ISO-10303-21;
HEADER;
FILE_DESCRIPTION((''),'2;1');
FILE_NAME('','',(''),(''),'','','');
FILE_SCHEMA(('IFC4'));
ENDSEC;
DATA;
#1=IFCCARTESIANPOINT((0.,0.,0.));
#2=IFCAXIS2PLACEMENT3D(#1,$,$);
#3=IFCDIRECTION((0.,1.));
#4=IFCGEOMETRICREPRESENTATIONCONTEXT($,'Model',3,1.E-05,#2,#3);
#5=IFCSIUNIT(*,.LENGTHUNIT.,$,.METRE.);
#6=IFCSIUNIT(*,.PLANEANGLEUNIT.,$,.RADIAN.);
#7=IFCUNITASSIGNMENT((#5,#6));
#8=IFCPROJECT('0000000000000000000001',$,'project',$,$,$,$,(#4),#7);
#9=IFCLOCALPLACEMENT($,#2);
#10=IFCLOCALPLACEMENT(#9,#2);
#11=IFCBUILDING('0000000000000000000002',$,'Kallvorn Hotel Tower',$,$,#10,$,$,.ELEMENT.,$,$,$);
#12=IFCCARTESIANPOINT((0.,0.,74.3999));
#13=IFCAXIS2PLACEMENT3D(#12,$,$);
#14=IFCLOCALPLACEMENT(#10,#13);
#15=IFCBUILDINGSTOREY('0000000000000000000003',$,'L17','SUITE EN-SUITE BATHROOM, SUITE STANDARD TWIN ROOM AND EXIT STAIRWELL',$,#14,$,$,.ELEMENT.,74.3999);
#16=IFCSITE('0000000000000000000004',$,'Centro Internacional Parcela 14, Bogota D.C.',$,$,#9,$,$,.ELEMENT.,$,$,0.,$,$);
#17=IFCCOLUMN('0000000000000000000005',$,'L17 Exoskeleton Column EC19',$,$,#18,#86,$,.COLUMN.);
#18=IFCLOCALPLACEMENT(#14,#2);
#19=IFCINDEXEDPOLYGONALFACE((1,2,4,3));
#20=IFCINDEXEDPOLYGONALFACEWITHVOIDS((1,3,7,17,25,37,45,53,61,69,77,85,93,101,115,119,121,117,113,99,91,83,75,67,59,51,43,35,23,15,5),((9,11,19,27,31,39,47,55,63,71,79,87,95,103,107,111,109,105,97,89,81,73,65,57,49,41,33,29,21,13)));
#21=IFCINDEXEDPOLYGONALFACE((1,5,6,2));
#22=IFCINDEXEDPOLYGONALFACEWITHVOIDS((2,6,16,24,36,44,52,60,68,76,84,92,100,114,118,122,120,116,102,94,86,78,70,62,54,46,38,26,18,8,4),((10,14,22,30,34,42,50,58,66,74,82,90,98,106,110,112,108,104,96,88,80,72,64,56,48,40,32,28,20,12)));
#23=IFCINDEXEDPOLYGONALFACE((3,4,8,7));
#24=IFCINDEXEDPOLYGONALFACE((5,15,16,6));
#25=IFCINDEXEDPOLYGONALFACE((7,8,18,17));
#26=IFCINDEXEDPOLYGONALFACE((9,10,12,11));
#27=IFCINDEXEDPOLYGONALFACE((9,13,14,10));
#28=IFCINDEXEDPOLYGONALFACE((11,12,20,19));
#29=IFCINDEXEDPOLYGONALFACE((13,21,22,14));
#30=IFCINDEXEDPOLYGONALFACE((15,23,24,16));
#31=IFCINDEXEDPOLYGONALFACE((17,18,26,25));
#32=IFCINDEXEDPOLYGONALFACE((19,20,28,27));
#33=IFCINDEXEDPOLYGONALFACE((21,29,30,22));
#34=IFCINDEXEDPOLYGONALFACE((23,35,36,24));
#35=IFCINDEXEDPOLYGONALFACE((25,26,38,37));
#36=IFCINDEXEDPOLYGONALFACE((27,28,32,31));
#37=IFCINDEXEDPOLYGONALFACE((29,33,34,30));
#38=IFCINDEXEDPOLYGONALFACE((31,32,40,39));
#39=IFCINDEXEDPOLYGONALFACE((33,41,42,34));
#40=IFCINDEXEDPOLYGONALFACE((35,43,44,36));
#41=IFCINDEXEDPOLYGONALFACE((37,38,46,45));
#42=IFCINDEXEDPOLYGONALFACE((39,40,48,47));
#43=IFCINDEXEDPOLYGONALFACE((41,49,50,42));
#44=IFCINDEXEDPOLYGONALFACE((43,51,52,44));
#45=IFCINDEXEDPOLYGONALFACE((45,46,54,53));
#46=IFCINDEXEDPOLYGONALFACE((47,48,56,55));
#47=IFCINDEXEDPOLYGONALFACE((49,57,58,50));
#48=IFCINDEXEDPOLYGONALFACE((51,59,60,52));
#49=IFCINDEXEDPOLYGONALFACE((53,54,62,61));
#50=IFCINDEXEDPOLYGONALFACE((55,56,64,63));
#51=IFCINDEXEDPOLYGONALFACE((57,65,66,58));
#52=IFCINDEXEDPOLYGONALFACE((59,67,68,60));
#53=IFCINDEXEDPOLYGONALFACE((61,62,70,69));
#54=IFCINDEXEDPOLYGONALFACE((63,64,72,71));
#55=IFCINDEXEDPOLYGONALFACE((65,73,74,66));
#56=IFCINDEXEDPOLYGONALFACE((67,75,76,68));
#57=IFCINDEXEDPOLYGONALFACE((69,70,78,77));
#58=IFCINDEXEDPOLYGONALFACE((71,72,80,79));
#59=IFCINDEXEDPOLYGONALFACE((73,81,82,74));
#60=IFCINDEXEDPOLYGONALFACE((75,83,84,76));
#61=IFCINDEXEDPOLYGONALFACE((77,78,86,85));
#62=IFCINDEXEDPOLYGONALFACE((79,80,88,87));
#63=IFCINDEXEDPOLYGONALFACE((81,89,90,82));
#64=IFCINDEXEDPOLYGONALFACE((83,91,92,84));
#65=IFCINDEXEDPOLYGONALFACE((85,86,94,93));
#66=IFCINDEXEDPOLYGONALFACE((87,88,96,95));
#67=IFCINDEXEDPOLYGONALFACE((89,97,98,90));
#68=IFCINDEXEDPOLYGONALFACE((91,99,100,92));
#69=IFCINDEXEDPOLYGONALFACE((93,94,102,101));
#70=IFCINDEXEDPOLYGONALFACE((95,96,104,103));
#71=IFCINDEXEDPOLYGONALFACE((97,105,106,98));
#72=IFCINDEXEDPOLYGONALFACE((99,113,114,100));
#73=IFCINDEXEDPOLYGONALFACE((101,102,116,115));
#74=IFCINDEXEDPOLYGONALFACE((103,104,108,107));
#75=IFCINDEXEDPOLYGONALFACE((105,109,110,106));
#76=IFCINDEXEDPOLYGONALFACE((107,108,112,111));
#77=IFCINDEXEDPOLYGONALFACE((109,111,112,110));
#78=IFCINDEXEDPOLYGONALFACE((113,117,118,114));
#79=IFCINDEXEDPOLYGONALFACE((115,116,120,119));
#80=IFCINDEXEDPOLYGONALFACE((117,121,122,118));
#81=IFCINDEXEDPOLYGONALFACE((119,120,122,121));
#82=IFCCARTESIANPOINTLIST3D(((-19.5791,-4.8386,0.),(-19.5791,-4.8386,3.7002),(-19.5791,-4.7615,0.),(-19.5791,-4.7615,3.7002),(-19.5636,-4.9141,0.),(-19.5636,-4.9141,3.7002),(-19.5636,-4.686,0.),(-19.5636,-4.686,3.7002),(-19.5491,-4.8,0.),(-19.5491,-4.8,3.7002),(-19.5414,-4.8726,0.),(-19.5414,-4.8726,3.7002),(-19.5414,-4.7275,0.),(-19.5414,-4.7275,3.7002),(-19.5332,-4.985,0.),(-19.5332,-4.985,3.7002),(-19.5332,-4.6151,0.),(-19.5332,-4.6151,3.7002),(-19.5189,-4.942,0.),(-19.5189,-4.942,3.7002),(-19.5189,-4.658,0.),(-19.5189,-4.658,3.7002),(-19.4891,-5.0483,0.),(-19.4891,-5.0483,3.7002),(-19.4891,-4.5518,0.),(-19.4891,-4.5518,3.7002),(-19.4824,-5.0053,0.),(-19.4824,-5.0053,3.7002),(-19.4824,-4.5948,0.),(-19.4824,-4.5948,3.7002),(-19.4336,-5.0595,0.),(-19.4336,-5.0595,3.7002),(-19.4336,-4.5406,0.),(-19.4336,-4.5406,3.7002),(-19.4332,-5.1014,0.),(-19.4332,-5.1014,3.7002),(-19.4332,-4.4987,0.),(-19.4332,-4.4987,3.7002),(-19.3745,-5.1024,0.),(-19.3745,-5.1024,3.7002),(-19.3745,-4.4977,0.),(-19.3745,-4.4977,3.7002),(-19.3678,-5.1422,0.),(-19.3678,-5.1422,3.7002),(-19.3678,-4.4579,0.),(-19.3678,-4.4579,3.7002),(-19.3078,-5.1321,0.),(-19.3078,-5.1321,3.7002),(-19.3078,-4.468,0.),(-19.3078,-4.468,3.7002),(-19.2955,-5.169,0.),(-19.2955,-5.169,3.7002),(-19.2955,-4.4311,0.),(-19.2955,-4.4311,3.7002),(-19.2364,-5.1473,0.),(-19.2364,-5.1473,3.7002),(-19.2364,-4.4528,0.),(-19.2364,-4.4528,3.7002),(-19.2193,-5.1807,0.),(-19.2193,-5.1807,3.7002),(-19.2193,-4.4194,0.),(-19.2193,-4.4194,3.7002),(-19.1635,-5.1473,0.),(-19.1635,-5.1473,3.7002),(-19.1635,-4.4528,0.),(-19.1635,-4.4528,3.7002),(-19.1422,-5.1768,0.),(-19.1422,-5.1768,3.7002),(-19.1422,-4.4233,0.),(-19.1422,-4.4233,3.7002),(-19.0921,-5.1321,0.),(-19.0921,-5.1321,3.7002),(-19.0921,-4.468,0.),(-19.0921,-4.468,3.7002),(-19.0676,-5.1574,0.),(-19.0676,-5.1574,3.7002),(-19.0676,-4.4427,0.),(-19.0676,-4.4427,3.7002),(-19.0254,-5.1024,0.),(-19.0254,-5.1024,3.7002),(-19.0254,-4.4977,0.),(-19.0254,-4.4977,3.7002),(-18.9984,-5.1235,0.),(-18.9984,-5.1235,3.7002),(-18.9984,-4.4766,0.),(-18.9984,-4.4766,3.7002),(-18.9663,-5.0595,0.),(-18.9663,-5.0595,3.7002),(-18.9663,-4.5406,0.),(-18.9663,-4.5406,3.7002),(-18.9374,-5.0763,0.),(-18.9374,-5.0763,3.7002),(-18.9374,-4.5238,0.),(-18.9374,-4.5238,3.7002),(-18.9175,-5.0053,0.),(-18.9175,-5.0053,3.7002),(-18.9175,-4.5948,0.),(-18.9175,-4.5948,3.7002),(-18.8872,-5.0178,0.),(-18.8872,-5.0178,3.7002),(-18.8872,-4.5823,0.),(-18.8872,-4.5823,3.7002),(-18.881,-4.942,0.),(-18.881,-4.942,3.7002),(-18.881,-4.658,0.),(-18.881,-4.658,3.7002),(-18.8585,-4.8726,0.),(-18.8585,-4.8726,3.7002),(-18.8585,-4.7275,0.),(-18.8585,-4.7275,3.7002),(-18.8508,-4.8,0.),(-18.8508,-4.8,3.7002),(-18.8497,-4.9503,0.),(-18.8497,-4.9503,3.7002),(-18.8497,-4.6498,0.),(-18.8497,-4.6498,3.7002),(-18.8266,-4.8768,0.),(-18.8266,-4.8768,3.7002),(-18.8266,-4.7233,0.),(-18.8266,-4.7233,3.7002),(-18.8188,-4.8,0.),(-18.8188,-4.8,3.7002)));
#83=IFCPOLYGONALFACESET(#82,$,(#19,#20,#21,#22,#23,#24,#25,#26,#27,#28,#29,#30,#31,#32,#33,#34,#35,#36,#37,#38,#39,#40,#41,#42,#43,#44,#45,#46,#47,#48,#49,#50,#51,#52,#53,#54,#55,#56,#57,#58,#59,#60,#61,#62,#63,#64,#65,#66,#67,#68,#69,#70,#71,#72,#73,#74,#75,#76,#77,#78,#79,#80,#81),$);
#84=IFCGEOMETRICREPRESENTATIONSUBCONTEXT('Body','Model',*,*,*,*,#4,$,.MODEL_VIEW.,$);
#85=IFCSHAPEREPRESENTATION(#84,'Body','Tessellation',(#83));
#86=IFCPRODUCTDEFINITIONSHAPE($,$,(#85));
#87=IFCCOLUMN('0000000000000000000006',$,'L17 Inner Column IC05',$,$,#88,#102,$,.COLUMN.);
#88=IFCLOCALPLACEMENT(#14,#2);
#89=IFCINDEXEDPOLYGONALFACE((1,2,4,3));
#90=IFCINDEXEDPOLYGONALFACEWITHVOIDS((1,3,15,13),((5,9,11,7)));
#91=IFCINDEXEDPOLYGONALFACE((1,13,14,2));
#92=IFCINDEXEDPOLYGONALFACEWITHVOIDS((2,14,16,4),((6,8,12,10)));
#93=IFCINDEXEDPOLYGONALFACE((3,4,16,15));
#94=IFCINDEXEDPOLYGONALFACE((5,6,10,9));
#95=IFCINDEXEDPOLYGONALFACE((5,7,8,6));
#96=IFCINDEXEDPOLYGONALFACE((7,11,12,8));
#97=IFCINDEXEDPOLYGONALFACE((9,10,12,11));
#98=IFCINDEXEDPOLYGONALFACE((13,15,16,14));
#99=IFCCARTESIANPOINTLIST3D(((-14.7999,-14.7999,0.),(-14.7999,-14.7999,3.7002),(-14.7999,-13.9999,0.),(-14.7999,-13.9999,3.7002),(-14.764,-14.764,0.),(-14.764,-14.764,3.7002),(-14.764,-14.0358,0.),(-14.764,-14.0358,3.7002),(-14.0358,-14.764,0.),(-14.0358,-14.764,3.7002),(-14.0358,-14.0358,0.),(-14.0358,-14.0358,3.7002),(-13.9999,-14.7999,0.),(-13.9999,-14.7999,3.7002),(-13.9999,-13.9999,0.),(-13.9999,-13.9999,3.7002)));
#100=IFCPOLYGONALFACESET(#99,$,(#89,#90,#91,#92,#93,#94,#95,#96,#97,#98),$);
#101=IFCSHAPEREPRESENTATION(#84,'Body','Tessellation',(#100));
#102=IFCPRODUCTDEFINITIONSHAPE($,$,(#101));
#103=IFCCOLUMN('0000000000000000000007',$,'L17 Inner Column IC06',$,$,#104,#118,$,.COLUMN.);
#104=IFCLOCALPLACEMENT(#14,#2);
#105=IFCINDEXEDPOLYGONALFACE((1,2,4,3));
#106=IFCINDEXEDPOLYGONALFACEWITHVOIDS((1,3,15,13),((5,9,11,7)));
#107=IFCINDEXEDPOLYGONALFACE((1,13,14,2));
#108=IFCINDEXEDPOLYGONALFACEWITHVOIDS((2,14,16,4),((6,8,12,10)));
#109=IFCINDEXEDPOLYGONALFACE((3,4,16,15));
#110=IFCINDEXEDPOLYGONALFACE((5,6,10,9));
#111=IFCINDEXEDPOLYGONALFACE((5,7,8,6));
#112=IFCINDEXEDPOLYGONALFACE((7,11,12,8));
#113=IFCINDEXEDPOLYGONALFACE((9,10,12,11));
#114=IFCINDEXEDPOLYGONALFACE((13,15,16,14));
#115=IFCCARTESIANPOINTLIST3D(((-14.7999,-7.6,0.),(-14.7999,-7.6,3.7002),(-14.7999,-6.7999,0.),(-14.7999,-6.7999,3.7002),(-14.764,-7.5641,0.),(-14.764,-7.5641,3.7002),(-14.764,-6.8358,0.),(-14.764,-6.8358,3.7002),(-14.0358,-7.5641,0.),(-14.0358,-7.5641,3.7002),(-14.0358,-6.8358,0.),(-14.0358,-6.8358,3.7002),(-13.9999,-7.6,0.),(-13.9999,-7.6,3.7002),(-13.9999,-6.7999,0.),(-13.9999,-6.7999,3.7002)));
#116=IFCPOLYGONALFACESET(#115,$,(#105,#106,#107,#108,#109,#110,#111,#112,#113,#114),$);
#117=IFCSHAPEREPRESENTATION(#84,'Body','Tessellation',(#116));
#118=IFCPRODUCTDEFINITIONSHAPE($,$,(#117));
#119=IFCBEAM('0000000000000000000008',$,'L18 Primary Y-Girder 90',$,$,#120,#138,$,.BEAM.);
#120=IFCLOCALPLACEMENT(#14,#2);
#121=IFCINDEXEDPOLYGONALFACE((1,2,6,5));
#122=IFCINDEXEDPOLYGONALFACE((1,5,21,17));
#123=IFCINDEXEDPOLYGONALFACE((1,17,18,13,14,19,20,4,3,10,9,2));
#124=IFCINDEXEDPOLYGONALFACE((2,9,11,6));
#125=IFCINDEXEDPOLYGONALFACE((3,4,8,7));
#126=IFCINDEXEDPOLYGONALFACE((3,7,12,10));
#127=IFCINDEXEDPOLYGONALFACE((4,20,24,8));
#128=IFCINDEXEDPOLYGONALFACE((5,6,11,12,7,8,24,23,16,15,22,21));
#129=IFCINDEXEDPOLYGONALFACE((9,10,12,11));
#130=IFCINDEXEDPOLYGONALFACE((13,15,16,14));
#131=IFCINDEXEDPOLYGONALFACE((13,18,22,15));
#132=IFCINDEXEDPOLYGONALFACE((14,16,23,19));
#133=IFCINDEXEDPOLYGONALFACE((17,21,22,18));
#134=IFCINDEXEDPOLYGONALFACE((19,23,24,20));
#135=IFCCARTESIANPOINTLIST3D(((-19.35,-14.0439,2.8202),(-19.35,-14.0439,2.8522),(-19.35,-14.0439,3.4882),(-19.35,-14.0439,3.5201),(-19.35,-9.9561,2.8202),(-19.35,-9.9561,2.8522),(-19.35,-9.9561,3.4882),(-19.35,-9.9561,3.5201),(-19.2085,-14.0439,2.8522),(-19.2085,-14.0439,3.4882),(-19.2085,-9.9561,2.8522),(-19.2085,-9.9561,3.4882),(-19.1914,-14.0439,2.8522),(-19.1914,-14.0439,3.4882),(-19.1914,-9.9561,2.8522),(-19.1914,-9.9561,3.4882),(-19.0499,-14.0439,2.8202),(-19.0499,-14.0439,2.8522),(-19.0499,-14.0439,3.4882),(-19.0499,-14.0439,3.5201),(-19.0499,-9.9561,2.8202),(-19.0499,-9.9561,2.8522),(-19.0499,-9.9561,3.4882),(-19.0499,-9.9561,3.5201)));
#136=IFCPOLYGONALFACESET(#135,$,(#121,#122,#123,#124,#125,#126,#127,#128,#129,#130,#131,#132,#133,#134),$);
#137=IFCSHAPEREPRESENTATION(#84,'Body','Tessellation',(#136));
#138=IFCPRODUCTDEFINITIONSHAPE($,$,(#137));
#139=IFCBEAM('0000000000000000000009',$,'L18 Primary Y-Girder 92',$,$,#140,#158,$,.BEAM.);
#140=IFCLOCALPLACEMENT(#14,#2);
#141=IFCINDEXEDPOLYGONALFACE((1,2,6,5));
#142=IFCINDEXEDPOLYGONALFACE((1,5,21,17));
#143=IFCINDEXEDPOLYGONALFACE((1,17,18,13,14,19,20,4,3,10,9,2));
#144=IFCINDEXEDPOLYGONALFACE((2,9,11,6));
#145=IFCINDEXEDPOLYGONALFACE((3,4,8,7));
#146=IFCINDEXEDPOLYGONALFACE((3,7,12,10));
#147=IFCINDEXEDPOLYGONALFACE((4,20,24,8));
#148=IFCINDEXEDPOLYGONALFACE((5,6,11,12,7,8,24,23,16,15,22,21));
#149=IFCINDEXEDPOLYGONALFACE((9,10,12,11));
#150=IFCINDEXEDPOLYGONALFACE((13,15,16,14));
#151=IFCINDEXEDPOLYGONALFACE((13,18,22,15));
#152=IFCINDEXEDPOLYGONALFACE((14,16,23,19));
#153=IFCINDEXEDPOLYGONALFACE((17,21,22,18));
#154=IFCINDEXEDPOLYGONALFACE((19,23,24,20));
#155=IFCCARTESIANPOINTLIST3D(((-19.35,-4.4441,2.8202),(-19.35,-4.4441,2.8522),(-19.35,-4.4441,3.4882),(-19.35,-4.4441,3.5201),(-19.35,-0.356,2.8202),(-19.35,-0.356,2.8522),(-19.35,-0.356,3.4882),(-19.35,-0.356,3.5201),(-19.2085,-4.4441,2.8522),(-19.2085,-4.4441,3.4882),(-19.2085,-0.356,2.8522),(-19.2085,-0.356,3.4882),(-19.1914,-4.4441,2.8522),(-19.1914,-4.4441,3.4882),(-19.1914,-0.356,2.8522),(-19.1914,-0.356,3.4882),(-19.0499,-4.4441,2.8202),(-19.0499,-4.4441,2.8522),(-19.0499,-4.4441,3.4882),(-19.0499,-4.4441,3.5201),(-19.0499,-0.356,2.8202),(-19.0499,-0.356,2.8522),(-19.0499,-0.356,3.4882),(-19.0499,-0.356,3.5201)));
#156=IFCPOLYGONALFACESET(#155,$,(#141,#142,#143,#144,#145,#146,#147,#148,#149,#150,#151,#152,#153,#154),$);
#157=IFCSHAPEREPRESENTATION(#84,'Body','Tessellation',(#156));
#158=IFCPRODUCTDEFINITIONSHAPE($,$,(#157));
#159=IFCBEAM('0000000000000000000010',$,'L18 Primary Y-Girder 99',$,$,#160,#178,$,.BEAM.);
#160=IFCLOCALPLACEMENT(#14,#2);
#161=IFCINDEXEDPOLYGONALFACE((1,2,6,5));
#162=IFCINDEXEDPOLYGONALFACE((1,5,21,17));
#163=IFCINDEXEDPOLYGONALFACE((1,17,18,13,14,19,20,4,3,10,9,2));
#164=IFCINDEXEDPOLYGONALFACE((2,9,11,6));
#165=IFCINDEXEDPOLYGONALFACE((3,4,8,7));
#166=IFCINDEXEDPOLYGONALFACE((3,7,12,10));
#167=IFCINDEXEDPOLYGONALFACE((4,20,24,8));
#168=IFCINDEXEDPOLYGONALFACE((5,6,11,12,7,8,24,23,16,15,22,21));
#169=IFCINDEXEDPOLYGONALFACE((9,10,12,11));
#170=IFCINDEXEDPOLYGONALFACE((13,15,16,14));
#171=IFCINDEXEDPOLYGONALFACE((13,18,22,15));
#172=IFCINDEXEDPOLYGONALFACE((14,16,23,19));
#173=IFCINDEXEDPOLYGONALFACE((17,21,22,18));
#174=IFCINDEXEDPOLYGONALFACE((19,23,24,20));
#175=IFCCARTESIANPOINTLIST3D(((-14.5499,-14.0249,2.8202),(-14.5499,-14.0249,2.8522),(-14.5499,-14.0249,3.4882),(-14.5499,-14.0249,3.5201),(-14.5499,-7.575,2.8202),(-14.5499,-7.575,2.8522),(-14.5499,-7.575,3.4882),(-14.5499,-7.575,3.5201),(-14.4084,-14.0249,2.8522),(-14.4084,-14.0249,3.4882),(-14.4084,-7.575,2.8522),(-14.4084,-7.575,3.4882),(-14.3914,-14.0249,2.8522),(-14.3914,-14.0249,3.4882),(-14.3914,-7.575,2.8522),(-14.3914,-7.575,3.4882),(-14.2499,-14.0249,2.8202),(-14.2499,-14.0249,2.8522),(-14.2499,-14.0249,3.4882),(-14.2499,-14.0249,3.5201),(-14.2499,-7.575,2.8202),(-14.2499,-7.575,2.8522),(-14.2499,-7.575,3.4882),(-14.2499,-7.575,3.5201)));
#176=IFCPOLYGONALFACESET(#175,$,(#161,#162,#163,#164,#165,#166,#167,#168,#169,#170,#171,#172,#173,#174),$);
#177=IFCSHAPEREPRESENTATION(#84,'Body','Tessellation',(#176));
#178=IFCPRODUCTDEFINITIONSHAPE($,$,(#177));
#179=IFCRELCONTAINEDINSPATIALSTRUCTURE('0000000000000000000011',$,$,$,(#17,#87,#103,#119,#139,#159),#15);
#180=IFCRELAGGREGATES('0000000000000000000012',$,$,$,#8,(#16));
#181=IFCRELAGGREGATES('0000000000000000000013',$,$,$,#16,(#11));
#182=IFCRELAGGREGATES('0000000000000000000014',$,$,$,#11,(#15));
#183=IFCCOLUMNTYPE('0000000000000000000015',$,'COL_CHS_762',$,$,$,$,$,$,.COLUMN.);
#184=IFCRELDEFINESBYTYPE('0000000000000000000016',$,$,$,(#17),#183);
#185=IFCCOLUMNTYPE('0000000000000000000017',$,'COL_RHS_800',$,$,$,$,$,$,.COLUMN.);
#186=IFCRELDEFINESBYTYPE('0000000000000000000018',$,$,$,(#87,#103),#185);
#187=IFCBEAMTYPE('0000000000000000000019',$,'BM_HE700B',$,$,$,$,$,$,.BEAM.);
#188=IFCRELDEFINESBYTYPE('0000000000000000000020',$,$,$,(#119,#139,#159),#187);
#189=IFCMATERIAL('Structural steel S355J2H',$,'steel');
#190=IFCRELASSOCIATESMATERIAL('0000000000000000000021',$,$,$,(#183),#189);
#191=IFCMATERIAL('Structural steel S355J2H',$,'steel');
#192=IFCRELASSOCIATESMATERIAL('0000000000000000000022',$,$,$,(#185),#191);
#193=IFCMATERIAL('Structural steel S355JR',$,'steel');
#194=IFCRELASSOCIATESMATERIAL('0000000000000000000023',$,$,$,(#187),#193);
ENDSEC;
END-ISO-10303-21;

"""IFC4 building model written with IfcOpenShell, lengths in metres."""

from ifc_helpers import new_model, si_unit, direction, frame, origin, origin_2d, place, context, subcontext, project, spatial, hollow_rectangle, hollow_circle, i_section, extrude, material, material_profile, profile_set, type_object, element, save


model = new_model("IFC4")

# Units and contexts
model_context = context("Model", 3, precision=1e-05, world=origin(), true_north=direction((0.0, 1.0)))
body_context = subcontext(model_context, "Body", "Model", "MODEL_VIEW")
ifc_project = project(units=[si_unit("LENGTHUNIT", "METRE"), si_unit("PLANEANGLEUNIT", "RADIAN")], contexts=[model_context])

# Site, building, storey
site_placement = place(None, origin())
site = spatial("IfcSite", under=ifc_project, at=site_placement, Name="Centro Internacional Parcela 14, Bogota D.C.", CompositionType="ELEMENT", RefElevation=0.0)
building_placement = place(site_placement, origin())
building = spatial("IfcBuilding", under=site, at=building_placement, Name="Kallvorn Hotel Tower", CompositionType="ELEMENT")
storey_placement = place(building_placement, frame((0.0, 0.0, 74.3999)))
storey = spatial("IfcBuildingStorey", under=building, at=storey_placement, Name="L17", Description="SUITE EN-SUITE BATHROOM, SUITE STANDARD TWIN ROOM AND EXIT STAIRWELL", CompositionType="ELEMENT", Elevation=74.3999)

# Columns
ifc_material_1 = material(Name="Structural steel S355J2H", Category="steel")
ifc_material_profile_1 = material_profile(ifc_material_1, hollow_circle(Radius=0.3811, WallThickness=0.032, at=origin_2d()), Name="CHS 762x32")
ifc_profile_set_1 = profile_set([ifc_material_profile_1], Name="Structural steel S355J2H")
column_type_1 = type_object("IfcColumnType", Name="COL_CHS_762", PredefinedType="COLUMN", material=ifc_profile_set_1)
for number, where, z_axis, x_axis, name in (
    (1, (-19.2, -4.8, 0.0), (0.0, 0.0, 1.0), (1.0, 0.0, 0.0), "L17 Exoskeleton Column EC19"),
):
    element("IfcColumn", number, at=place(storey_placement, frame(where, z_axis=z_axis, x_axis=x_axis)), inside=storey, type_object=column_type_1, Name=name, PredefinedType="COLUMN", context=body_context, shape_type="SweptSolid", body=[
        extrude(hollow_circle(Radius=0.3811, WallThickness=0.032, at=origin_2d()), origin(), (0.0, 0.0, 1.0), 3.7002),
    ])
ifc_material_2 = material(Name="Structural steel S355J2H", Category="steel")
ifc_material_profile_2 = material_profile(ifc_material_2, hollow_rectangle(XDim=0.8, YDim=0.8, WallThickness=0.0359, at=origin_2d()), Name="RHS 800x800x36")
ifc_profile_set_2 = profile_set([ifc_material_profile_2], Name="Structural steel S355J2H")
column_type_2 = type_object("IfcColumnType", Name="COL_RHS_800", PredefinedType="COLUMN", material=ifc_profile_set_2)
for number, where, z_axis, x_axis, name in (
    (2, (-14.3999, -14.3999, 0.0), (0.0, 0.0, 1.0), (1.0, 0.0, 0.0), "L17 Inner Column IC05"),
    (3, (-14.3999, -7.2, 0.0), (0.0, 0.0, 1.0), (1.0, 0.0, 0.0), "L17 Inner Column IC06"),
):
    element("IfcColumn", number, at=place(storey_placement, frame(where, z_axis=z_axis, x_axis=x_axis)), inside=storey, type_object=column_type_2, Name=name, PredefinedType="COLUMN", context=body_context, shape_type="SweptSolid", body=[
        extrude(hollow_rectangle(XDim=0.8, YDim=0.8, WallThickness=0.0359, at=origin_2d()), origin(), (0.0, 0.0, 1.0), 3.7002),
    ])

# Beams
ifc_material_3 = material(Name="Structural steel S355JR", Category="steel")
ifc_material_profile_3 = material_profile(ifc_material_3, i_section(OverallWidth=0.3, OverallDepth=0.7, WebThickness=0.0171, FlangeThickness=0.032, at=origin_2d()), Name="HE 700 B")
ifc_profile_set_3 = profile_set([ifc_material_profile_3], Name="Structural steel S355JR")
beam_type_1 = type_object("IfcBeamType", Name="BM_HE700B", PredefinedType="BEAM", material=ifc_profile_set_3)
beam_1_placement = place(storey_placement, frame((-19.2, -14.0439, 3.1702), z_axis=(0.0, 1.0, 0.0), x_axis=(-1.0, 0.0, 0.0)))
element("IfcBeam", 4, at=beam_1_placement, inside=storey, type_object=beam_type_1, Name="L18 Primary Y-Girder 90", PredefinedType="BEAM", context=body_context, shape_type="SweptSolid", body=[
    extrude(i_section(OverallWidth=0.3, OverallDepth=0.7, WebThickness=0.0171, FlangeThickness=0.032, at=origin_2d()), origin(), (0.0, 0.0, 1.0), 4.0879),
])
beam_2_placement = place(storey_placement, frame((-19.2, -4.4441, 3.1702), z_axis=(0.0, 1.0, 0.0), x_axis=(-1.0, 0.0, 0.0)))
element("IfcBeam", 5, at=beam_2_placement, inside=storey, type_object=beam_type_1, Name="L18 Primary Y-Girder 92", PredefinedType="BEAM", context=body_context, shape_type="SweptSolid", body=[
    extrude(i_section(OverallWidth=0.3, OverallDepth=0.7, WebThickness=0.0171, FlangeThickness=0.032, at=origin_2d()), origin(), (0.0, 0.0, 1.0), 4.0881),
])
beam_3_placement = place(storey_placement, frame((-14.3999, -14.0249, 3.1702), z_axis=(0.0, 1.0, 0.0), x_axis=(-1.0, 0.0, 0.0)))
element("IfcBeam", 6, at=beam_3_placement, inside=storey, type_object=beam_type_1, Name="L18 Primary Y-Girder 99", PredefinedType="BEAM", context=body_context, shape_type="SweptSolid", body=[
    extrude(i_section(OverallWidth=0.3, OverallDepth=0.7, WebThickness=0.0171, FlangeThickness=0.032, at=origin_2d()), origin(), (0.0, 0.0, 1.0), 6.45),
])

save(model, "model.ifc")
